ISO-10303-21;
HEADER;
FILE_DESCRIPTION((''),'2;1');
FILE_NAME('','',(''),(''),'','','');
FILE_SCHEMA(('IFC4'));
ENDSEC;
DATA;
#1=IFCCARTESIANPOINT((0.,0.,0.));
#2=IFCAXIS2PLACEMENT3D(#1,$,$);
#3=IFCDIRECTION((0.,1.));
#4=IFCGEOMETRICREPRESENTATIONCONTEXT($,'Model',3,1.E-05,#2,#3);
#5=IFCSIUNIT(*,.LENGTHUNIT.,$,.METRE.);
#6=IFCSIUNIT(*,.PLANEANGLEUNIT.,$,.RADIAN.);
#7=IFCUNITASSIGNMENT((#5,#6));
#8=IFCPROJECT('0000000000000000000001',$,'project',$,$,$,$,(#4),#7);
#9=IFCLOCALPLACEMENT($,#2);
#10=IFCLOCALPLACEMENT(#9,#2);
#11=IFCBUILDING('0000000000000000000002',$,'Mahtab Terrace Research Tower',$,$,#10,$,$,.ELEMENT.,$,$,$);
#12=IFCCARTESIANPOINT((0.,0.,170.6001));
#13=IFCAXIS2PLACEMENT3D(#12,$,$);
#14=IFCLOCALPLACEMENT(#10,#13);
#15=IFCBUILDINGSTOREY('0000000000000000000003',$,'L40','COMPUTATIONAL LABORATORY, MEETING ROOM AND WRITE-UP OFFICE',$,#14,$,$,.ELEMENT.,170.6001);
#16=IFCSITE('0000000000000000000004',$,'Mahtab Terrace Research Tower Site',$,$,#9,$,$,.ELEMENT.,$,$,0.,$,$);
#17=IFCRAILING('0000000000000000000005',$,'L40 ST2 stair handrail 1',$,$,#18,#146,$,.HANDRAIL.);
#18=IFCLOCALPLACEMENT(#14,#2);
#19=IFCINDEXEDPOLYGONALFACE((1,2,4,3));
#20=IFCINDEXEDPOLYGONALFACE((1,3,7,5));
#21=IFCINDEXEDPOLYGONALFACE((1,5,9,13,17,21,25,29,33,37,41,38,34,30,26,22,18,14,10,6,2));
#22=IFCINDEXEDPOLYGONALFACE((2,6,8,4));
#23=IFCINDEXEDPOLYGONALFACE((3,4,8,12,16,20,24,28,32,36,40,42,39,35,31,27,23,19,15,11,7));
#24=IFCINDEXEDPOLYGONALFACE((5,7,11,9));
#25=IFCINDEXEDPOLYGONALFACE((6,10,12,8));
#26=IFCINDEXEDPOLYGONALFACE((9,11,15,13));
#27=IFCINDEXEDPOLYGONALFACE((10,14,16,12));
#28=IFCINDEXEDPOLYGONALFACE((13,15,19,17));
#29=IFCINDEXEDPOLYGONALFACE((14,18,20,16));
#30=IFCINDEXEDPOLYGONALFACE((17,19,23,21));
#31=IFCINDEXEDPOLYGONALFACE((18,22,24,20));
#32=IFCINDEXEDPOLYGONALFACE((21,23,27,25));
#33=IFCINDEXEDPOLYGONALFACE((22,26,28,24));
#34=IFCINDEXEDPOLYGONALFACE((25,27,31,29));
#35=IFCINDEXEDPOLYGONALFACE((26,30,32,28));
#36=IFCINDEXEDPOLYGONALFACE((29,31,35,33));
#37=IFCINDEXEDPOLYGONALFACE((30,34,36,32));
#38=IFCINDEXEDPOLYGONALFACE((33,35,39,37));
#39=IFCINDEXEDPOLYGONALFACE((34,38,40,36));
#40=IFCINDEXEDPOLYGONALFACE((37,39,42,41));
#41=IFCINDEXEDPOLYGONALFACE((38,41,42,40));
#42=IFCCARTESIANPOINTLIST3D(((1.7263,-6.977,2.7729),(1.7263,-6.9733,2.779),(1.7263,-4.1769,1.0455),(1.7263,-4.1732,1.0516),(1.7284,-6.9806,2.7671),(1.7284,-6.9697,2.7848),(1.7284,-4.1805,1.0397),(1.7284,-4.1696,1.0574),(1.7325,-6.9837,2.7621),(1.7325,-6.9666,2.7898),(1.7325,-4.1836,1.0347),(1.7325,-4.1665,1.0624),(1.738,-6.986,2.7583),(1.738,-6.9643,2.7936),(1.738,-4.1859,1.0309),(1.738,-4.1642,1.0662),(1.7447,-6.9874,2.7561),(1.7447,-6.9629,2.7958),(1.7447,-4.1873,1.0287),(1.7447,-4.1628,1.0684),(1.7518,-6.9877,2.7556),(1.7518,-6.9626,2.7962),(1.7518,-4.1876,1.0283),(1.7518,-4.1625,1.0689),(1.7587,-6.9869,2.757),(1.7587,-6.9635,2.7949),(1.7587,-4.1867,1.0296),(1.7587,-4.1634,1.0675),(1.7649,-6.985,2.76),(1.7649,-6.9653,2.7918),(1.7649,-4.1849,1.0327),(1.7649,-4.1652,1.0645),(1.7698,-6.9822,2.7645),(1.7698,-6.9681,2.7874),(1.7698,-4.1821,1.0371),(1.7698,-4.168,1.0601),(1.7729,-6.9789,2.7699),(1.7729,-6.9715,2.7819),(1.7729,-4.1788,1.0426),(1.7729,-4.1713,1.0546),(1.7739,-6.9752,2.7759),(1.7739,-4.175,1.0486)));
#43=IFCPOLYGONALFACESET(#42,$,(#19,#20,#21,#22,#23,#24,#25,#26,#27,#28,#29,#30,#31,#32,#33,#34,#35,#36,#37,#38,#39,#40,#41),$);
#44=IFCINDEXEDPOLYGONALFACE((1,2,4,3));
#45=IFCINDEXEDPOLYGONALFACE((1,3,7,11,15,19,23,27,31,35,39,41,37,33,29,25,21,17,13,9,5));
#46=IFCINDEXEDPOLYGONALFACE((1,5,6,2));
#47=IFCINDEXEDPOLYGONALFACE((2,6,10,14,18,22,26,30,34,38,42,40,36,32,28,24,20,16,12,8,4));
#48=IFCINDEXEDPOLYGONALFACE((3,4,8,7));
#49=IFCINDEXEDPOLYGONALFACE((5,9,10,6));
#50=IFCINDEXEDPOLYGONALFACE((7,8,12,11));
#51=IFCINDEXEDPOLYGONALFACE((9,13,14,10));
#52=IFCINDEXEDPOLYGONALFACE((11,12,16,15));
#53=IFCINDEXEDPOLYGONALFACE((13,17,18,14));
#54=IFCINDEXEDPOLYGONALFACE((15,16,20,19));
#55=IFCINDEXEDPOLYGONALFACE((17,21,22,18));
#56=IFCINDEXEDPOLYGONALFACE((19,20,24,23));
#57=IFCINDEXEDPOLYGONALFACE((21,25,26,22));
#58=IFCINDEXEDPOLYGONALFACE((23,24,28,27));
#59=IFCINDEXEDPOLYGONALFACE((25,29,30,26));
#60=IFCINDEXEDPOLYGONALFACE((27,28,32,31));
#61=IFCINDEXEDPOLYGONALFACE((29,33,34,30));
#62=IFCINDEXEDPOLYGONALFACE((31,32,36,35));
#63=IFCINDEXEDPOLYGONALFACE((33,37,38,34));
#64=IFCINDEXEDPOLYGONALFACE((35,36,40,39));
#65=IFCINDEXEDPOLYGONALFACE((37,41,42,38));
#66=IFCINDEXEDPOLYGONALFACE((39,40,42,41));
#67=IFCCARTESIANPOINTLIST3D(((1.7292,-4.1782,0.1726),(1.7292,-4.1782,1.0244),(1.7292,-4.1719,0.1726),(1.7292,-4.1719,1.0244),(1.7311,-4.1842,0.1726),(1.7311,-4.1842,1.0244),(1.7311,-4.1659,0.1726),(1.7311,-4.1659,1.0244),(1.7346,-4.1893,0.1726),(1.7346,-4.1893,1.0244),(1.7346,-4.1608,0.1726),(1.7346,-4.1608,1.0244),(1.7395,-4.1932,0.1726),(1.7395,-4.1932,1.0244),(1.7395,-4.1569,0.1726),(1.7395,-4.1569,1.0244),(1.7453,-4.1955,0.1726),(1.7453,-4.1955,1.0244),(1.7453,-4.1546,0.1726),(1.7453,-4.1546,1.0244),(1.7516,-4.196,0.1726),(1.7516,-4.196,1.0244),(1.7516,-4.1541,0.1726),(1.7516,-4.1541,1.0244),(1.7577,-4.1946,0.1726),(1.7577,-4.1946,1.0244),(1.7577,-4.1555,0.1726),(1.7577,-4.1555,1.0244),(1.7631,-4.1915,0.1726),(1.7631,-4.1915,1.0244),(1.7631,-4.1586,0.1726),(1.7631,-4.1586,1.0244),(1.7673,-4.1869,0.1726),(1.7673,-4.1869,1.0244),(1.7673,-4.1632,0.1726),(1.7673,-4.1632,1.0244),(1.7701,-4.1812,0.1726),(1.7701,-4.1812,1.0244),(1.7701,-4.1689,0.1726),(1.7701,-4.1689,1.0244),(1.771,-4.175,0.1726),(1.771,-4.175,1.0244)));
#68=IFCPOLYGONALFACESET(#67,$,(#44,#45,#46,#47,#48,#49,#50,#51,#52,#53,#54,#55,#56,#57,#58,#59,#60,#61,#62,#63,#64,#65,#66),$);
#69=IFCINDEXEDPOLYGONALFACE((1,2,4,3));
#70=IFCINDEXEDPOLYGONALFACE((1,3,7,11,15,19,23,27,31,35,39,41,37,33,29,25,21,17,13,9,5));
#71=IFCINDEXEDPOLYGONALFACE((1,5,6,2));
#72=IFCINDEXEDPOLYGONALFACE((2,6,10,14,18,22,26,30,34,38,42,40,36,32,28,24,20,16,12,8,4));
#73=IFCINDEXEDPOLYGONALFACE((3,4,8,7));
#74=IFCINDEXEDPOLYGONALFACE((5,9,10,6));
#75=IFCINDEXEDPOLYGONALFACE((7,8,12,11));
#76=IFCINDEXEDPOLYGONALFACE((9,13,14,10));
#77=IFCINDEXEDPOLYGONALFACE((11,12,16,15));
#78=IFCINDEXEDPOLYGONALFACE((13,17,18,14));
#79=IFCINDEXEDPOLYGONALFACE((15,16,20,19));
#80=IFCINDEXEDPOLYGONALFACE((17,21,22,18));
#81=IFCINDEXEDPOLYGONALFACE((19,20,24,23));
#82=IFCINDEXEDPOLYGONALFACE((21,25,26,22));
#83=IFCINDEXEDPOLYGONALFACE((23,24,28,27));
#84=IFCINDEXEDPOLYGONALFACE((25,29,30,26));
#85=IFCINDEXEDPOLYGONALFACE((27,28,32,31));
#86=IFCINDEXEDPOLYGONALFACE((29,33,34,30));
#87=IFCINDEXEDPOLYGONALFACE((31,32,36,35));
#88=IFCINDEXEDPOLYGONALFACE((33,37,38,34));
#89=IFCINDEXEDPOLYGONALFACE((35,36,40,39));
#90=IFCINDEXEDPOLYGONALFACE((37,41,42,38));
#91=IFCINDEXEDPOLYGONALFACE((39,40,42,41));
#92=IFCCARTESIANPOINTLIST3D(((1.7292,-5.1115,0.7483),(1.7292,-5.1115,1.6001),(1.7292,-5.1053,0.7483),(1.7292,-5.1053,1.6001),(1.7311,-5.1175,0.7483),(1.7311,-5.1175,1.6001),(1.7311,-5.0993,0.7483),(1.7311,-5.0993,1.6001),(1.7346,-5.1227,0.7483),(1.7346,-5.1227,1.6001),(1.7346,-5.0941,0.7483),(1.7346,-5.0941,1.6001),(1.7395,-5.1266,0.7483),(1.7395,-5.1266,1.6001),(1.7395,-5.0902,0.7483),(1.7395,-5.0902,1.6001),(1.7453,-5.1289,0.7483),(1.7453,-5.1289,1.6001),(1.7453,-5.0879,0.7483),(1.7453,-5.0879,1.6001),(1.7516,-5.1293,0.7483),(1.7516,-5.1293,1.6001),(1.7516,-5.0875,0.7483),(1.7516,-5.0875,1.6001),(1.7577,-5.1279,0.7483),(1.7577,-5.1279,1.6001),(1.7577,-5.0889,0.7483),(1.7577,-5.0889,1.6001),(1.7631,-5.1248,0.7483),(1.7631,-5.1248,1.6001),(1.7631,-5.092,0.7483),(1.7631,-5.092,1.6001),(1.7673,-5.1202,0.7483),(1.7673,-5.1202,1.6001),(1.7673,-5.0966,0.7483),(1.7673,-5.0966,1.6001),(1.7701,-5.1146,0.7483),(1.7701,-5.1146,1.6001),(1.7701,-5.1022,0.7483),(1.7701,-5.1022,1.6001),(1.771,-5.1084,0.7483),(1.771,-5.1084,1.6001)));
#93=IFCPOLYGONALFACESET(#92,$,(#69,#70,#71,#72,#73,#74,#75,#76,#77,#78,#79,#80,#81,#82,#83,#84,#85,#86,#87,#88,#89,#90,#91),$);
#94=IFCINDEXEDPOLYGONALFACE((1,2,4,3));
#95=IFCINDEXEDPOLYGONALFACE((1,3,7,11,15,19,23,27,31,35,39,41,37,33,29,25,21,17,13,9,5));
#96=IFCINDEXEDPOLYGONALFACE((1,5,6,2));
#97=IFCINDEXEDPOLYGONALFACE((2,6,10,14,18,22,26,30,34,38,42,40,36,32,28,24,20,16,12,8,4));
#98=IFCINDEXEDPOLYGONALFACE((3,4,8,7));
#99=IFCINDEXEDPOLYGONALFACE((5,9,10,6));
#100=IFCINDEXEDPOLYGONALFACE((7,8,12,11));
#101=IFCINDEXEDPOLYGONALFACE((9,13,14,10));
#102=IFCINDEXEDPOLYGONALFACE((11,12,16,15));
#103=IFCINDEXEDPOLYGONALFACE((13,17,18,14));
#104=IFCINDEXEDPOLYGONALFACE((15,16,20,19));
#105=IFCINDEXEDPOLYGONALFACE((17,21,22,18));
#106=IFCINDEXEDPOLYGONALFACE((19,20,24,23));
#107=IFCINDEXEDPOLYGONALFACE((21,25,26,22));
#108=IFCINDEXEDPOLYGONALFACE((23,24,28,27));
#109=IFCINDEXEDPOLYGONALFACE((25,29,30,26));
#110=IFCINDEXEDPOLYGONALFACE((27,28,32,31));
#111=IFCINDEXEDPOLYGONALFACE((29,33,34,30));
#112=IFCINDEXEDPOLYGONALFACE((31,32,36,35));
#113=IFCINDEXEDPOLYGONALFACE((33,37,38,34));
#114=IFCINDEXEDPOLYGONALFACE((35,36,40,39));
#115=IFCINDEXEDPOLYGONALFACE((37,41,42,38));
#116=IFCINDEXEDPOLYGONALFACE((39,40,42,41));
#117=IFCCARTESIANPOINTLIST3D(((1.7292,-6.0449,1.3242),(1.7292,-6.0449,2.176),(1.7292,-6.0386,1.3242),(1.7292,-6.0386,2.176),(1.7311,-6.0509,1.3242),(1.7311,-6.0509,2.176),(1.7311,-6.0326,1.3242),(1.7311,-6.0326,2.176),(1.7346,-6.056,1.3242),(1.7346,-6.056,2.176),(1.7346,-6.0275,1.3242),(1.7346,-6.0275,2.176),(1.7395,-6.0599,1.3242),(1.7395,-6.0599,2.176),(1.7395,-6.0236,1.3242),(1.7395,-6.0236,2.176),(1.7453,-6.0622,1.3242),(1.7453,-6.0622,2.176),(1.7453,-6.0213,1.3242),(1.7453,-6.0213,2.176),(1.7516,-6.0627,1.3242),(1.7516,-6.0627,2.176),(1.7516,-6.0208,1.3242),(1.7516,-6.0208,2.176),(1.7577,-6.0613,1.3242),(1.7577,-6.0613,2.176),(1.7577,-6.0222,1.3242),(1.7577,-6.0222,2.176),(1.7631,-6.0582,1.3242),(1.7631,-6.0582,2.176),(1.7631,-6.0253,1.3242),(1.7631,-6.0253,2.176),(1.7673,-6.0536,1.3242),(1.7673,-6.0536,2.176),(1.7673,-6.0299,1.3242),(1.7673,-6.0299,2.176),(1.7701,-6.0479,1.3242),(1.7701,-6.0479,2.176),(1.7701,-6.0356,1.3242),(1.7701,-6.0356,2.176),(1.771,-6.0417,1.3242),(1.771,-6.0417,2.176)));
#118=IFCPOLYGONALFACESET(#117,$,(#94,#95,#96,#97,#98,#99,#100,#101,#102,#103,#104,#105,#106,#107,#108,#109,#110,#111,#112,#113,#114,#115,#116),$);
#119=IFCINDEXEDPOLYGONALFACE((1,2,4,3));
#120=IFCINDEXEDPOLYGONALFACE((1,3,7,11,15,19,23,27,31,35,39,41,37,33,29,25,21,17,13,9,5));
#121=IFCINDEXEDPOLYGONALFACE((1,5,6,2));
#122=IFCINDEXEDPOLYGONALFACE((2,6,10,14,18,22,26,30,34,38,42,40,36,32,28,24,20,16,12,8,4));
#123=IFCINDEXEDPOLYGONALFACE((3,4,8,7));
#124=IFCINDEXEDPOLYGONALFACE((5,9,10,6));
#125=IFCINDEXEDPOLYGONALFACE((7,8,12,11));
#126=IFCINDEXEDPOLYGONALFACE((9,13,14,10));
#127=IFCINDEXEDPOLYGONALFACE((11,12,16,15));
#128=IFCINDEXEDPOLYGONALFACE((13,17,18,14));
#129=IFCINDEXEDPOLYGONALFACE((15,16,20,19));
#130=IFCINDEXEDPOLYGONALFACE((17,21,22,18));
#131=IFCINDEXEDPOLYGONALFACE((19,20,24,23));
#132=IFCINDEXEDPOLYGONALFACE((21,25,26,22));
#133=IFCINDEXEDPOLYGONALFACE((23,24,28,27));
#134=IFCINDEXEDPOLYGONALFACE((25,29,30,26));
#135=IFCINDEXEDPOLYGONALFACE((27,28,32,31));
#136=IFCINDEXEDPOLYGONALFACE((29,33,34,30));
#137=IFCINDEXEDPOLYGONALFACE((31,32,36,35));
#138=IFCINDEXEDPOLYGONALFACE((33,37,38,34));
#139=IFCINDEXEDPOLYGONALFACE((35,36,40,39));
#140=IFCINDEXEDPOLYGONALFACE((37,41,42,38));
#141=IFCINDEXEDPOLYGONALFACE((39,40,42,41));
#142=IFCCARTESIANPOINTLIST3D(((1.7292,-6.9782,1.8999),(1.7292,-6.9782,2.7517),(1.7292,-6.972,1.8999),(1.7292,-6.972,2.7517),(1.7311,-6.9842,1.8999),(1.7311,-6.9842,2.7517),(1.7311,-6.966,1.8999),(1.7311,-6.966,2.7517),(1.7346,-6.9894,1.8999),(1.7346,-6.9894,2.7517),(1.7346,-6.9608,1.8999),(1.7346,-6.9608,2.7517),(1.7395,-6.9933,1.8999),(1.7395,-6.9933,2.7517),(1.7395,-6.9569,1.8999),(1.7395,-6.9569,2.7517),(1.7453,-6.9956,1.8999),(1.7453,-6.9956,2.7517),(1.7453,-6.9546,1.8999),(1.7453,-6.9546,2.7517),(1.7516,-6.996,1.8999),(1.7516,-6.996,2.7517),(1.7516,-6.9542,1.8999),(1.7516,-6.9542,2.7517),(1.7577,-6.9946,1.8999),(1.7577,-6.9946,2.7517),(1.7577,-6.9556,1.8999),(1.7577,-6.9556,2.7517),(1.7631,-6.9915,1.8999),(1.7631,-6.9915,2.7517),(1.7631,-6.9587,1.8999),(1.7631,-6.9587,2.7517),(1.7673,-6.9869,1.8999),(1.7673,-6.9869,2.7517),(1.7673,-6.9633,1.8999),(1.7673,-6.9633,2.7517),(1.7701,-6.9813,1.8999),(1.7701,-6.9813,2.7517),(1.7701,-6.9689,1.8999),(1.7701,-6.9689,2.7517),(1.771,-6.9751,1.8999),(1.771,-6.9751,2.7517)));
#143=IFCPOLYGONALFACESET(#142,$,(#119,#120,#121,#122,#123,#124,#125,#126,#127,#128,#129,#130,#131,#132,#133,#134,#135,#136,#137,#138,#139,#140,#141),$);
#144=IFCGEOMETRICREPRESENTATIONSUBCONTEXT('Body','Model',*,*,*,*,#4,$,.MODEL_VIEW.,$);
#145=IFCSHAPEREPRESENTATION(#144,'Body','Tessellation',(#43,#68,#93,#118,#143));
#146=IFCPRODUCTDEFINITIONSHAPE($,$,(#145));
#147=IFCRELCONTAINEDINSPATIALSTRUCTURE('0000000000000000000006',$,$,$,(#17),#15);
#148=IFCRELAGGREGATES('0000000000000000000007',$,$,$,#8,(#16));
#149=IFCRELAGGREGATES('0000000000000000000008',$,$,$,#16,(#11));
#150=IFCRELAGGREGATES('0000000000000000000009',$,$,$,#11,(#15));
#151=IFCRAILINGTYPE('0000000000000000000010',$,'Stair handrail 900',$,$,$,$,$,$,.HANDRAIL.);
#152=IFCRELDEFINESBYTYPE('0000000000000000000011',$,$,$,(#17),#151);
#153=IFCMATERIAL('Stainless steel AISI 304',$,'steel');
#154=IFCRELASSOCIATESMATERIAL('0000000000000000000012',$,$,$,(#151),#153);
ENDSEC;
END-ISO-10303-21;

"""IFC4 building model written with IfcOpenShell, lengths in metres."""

from ifc_helpers import new_model, si_unit, direction, frame, origin, origin_2d, place, context, subcontext, project, spatial, circle, extrude, material, type_object, element, save


model = new_model("IFC4")

# Units and contexts
model_context = context("Model", 3, precision=1e-05, world=origin(), true_north=direction((0.0, 1.0)))
body_context = subcontext(model_context, "Body", "Model", "MODEL_VIEW")
ifc_project = project(units=[si_unit("LENGTHUNIT", "METRE"), si_unit("PLANEANGLEUNIT", "RADIAN")], contexts=[model_context])

# Site, building, storey
site_placement = place(None, origin())
site = spatial("IfcSite", under=ifc_project, at=site_placement, Name="Mahtab Terrace Research Tower Site", CompositionType="ELEMENT", RefElevation=0.0)
building_placement = place(site_placement, origin())
building = spatial("IfcBuilding", under=site, at=building_placement, Name="Mahtab Terrace Research Tower", CompositionType="ELEMENT")
storey_placement = place(building_placement, frame((0.0, 0.0, 170.6001)))
storey = spatial("IfcBuildingStorey", under=building, at=storey_placement, Name="L40", Description="COMPUTATIONAL LABORATORY, MEETING ROOM AND WRITE-UP OFFICE", CompositionType="ELEMENT", Elevation=170.6001)

# Railing
ifc_material_1 = material(Name="Stainless steel AISI 304", Category="steel")
railing_type_1 = type_object("IfcRailingType", Name="Stair handrail 900", PredefinedType="HANDRAIL", material=ifc_material_1)
railing_1_placement = place(storey_placement, frame((1.75, -4.175, 0.1726)))
element("IfcRailing", 1, at=railing_1_placement, inside=storey, type_object=railing_type_1, Name="L40 ST2 stair handrail 1", PredefinedType="HANDRAIL", context=body_context, shape_type="SweptSolid", body=[
    extrude(circle(Radius=0.0239, at=origin_2d()), frame((0.0, 0.0, 0.876), z_axis=(0.0, -0.85109, 0.52502), x_axis=(1.0, 0.0, 0.0)), (0.0, 0.0, 1.0), 3.29),
    extrude(circle(Radius=0.021, at=origin_2d()), origin(), (0.0, 0.0, 1.0), 0.8518),
    extrude(circle(Radius=0.021, at=origin_2d()), frame((0.0, -0.9333, 0.5757)), (0.0, 0.0, 1.0), 0.8518),
    extrude(circle(Radius=0.021, at=origin_2d()), frame((0.0, -1.8667, 1.1516)), (0.0, 0.0, 1.0), 0.8518),
    extrude(circle(Radius=0.021, at=origin_2d()), frame((0.0, -2.8, 1.7273)), (0.0, 0.0, 1.0), 0.8518),
])

save(model, "model.ifc")
